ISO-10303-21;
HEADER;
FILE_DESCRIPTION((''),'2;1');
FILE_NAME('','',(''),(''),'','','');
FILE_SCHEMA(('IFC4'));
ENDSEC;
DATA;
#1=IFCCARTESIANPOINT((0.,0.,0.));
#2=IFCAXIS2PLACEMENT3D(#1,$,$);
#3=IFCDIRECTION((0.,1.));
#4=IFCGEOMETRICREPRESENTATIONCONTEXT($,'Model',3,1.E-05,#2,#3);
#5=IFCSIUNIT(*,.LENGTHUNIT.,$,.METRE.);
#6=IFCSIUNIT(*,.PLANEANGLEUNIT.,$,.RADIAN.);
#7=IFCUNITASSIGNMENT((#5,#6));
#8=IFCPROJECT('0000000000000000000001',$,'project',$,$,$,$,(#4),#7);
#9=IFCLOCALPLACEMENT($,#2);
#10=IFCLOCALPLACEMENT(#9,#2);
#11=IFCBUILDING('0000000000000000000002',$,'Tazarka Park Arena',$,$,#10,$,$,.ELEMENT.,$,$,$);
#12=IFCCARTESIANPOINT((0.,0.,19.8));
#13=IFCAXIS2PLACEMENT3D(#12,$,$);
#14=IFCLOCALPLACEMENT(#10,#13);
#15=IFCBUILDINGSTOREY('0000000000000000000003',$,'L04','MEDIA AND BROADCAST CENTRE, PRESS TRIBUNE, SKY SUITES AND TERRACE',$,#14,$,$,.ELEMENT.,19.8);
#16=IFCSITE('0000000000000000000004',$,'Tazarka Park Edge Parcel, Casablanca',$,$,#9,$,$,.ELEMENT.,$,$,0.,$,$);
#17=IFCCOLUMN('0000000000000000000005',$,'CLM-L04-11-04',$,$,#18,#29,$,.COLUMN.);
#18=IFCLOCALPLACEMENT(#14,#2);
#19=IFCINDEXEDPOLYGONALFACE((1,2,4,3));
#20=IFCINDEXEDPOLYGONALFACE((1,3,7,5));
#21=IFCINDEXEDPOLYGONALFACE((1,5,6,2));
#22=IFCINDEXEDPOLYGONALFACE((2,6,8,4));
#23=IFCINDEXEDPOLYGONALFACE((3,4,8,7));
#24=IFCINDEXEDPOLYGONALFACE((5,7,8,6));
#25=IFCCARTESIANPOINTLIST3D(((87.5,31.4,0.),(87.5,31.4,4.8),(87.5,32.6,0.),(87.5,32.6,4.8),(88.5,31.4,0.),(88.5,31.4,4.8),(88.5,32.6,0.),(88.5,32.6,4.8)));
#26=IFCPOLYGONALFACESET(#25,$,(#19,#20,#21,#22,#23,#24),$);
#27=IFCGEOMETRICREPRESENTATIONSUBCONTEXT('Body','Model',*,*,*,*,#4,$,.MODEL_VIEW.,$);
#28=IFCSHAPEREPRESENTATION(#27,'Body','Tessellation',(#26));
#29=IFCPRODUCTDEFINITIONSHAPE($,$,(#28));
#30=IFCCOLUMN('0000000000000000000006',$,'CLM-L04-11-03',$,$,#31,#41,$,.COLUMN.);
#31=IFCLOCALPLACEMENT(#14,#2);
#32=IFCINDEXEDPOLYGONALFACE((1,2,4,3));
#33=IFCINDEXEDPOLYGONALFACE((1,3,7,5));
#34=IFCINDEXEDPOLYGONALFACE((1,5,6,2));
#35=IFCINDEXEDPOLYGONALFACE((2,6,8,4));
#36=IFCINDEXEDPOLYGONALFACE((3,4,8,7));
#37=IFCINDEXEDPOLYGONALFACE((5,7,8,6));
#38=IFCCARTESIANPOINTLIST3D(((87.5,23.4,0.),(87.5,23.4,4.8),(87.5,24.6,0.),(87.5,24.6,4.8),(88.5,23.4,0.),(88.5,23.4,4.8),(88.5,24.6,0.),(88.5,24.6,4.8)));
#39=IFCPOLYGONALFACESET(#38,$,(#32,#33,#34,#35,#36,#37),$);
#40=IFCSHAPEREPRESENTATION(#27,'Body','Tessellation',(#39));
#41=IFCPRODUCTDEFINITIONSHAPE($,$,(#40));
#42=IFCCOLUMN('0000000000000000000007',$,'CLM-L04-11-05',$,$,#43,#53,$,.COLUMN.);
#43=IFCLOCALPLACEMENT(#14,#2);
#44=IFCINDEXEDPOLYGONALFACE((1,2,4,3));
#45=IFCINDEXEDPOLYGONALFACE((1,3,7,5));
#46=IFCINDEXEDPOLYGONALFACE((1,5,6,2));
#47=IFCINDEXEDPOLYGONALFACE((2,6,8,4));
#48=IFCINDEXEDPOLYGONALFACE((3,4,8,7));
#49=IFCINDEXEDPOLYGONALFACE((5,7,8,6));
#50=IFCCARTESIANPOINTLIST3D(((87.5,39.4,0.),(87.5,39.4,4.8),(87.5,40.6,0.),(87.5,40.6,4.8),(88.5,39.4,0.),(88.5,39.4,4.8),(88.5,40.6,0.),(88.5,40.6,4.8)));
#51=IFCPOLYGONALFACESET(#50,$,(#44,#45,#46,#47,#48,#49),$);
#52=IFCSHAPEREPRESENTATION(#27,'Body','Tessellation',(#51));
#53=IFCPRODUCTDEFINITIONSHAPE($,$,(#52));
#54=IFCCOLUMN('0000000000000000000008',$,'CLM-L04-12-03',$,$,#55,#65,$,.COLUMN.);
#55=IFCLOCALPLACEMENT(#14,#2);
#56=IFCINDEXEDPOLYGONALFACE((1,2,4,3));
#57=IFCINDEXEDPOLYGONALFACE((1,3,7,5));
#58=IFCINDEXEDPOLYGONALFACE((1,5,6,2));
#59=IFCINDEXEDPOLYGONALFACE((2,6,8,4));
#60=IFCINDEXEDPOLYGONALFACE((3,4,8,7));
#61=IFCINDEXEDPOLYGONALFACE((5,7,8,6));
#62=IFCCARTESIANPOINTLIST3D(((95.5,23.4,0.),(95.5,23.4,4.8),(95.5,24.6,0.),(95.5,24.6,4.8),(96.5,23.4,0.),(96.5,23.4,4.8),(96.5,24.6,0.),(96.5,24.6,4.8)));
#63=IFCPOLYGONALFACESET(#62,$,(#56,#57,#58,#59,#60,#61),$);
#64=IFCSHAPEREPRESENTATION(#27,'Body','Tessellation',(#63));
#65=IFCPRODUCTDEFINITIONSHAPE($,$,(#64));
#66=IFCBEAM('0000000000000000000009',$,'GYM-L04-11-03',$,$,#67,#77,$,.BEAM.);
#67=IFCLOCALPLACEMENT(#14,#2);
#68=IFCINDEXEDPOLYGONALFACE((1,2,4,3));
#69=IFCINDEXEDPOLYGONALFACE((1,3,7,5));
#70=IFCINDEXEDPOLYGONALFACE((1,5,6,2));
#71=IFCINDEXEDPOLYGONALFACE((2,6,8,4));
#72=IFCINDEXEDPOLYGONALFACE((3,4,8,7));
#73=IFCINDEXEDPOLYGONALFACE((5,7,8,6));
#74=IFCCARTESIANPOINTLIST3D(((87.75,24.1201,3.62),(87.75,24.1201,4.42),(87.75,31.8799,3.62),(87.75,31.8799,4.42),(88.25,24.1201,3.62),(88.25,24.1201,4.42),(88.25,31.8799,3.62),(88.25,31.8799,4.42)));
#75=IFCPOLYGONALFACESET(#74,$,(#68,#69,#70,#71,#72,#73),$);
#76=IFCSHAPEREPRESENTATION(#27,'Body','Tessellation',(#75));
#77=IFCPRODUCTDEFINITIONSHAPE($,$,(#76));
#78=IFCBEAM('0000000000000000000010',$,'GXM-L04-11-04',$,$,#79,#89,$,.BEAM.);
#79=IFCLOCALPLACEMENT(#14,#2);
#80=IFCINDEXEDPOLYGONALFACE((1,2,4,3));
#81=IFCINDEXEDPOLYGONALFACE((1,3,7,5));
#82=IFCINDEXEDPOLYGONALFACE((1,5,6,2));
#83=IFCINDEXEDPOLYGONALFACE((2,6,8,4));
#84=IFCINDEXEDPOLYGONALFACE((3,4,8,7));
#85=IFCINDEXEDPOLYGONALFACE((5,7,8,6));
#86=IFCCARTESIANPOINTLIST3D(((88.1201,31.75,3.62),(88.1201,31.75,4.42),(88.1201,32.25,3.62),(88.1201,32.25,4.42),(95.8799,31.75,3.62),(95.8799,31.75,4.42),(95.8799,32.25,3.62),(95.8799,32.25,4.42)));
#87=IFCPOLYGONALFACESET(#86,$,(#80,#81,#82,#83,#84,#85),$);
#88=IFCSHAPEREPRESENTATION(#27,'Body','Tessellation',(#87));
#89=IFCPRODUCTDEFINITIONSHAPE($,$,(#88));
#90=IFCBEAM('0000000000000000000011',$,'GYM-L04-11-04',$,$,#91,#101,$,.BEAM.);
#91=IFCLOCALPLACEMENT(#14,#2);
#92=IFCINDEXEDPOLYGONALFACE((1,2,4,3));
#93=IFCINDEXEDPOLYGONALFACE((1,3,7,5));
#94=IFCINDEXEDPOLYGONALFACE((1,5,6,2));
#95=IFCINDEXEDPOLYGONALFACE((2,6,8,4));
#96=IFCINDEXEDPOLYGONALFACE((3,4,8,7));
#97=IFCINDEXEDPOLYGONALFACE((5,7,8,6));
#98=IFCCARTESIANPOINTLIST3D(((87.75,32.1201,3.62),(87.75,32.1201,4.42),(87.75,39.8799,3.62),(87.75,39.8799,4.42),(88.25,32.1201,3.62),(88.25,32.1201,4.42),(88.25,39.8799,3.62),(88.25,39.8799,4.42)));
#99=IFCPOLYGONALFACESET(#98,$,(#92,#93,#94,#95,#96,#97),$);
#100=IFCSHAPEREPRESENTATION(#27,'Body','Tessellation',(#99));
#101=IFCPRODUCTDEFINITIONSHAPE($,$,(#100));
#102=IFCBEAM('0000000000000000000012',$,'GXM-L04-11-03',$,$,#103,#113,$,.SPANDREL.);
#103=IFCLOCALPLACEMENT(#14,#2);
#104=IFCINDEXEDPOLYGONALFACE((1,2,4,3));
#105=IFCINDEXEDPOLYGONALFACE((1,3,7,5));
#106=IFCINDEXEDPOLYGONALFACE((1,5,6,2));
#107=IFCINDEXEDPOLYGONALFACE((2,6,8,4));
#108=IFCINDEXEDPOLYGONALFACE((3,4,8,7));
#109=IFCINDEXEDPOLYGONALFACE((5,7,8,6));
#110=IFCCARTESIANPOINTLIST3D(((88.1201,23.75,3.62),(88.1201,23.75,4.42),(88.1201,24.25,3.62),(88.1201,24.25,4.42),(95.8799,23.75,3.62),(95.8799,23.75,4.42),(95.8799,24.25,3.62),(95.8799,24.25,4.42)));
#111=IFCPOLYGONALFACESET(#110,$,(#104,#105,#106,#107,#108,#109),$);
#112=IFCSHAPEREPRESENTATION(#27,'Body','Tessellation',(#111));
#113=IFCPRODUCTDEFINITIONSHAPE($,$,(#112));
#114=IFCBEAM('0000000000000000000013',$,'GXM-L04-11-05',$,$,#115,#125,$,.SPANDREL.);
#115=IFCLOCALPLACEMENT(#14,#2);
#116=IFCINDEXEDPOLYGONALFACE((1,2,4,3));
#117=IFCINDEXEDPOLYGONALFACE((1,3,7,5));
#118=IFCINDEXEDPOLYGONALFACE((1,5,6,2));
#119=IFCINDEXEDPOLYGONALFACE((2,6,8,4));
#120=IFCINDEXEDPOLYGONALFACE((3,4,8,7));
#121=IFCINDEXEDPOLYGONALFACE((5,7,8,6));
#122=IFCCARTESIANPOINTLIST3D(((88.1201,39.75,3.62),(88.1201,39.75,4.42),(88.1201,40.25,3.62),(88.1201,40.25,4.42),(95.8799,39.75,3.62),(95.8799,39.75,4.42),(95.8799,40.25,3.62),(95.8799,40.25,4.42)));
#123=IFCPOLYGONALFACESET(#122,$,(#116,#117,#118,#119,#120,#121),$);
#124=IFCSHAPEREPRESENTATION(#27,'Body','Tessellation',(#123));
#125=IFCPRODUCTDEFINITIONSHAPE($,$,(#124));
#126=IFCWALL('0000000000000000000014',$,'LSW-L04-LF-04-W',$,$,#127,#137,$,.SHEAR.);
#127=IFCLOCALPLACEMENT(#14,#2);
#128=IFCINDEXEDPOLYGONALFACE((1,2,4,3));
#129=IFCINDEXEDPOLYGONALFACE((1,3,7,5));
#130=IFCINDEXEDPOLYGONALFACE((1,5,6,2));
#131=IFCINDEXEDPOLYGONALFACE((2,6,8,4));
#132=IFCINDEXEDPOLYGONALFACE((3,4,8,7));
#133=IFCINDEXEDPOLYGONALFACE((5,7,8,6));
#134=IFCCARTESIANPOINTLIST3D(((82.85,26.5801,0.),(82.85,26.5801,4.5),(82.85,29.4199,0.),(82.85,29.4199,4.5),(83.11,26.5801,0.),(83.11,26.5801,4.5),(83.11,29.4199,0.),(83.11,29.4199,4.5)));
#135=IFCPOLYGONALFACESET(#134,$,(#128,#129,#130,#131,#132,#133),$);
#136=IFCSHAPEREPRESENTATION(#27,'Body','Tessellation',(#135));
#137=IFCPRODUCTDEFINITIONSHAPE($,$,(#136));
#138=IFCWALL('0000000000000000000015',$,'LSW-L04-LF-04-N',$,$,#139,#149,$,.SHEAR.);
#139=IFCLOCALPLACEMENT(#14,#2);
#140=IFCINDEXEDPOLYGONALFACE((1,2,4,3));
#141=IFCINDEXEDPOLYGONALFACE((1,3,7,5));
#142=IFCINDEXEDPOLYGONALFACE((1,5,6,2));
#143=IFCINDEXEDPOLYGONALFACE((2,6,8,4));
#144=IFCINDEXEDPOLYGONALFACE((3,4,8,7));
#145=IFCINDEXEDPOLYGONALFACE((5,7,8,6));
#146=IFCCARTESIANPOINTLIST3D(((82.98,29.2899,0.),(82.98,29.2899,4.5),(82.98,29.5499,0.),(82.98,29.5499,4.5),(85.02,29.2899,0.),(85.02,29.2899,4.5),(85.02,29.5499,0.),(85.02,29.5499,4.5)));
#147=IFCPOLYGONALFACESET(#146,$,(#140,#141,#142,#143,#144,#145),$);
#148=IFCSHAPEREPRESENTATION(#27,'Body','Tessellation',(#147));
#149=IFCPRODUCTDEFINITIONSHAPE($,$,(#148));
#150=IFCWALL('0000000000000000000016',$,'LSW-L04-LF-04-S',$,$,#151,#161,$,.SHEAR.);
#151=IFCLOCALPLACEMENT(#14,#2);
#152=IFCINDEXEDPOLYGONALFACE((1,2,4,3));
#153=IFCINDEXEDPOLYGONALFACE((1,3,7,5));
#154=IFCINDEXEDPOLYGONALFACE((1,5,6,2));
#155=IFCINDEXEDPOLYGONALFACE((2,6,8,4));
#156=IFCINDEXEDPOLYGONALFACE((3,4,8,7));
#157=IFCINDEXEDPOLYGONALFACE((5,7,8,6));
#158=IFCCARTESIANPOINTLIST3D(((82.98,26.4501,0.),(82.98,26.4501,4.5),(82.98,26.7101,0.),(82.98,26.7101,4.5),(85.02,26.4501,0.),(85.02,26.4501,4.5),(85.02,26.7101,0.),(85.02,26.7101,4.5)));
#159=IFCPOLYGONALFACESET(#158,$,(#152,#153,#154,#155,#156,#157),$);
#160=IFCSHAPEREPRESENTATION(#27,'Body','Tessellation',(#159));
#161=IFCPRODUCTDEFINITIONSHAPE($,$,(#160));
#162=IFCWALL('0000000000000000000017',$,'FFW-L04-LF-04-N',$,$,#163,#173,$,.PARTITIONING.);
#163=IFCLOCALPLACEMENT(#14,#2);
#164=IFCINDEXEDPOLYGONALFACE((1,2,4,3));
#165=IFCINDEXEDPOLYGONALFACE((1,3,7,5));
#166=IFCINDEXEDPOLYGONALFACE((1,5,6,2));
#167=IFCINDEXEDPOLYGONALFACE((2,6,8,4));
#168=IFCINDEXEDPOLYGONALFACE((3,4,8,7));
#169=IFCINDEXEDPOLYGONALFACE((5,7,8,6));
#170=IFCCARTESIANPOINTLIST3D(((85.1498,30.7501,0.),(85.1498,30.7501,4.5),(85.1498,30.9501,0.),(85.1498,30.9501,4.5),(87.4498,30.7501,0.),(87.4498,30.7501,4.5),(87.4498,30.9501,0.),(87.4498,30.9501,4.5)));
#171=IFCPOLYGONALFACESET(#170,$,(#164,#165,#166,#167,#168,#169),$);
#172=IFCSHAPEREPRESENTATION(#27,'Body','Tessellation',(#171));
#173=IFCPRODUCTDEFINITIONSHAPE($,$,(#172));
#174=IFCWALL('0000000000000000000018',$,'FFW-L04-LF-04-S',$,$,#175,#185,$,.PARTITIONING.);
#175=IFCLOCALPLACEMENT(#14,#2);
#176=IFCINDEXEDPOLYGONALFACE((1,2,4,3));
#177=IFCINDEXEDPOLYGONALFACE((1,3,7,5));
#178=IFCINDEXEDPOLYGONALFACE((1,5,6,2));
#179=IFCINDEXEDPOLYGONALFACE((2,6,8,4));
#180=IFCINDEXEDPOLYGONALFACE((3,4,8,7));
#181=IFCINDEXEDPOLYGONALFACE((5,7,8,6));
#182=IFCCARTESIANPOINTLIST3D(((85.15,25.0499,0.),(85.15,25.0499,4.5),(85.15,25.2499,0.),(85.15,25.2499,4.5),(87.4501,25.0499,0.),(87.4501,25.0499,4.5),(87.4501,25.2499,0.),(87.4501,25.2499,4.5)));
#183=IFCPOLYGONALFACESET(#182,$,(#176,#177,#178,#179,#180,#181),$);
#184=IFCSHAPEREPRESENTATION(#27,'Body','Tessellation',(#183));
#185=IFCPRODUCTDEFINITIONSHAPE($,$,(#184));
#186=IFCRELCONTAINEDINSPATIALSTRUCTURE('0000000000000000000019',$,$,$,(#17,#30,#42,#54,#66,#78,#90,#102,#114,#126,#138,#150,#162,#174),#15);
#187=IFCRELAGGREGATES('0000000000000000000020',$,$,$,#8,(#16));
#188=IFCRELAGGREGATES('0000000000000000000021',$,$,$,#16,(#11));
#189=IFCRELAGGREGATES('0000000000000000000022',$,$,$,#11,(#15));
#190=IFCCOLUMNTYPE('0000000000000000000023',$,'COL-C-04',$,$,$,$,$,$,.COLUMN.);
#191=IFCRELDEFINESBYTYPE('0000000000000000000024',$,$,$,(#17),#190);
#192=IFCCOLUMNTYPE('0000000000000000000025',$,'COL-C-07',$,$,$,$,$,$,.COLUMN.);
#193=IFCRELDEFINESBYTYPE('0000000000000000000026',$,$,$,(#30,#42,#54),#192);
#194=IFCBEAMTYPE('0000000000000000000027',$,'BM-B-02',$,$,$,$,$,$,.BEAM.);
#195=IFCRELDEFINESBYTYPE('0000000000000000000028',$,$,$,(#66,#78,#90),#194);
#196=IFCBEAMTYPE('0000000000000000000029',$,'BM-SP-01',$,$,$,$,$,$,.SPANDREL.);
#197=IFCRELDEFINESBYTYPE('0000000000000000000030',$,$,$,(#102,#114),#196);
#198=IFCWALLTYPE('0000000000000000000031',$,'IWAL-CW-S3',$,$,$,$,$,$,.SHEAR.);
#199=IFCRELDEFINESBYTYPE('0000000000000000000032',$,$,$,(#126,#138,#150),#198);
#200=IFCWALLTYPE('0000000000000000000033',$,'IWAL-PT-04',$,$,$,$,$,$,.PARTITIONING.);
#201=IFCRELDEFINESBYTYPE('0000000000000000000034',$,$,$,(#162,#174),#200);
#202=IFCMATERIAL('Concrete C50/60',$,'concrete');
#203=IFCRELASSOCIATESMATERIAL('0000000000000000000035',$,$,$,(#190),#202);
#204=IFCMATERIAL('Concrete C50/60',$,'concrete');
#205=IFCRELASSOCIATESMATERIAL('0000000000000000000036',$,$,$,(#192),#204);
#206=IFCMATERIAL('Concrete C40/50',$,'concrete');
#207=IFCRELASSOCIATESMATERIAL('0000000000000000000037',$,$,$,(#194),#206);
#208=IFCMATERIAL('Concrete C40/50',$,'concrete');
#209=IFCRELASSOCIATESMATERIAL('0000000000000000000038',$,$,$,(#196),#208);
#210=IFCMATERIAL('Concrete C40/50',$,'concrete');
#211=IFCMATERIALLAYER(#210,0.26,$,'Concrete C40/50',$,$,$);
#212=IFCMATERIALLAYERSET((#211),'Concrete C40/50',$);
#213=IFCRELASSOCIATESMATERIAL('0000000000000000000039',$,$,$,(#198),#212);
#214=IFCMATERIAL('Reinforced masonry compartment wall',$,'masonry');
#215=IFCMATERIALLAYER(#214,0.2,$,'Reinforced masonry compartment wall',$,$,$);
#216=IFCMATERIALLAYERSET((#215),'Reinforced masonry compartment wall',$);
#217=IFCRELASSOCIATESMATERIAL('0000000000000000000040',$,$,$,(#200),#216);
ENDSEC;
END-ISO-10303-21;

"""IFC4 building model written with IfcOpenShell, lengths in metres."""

from ifc_helpers import new_model, si_unit, direction, frame, frame_2d, origin, origin_2d, place, context, subcontext, project, spatial, rectangle, extrude, material, layer, layer_set, material_profile, profile_set, type_object, element, save


model = new_model("IFC4")

# Units and contexts
model_context = context("Model", 3, precision=1e-05, world=origin(), true_north=direction((0.0, 1.0)))
body_context = subcontext(model_context, "Body", "Model", "MODEL_VIEW")
ifc_project = project(units=[si_unit("LENGTHUNIT", "METRE"), si_unit("PLANEANGLEUNIT", "RADIAN")], contexts=[model_context])

# Site, building, storey
site_placement = place(None, origin())
site = spatial("IfcSite", under=ifc_project, at=site_placement, Name="Tazarka Park Edge Parcel, Casablanca", CompositionType="ELEMENT", RefElevation=0.0)
building_placement = place(site_placement, origin())
building = spatial("IfcBuilding", under=site, at=building_placement, Name="Tazarka Park Arena", CompositionType="ELEMENT")
storey_placement = place(building_placement, frame((0.0, 0.0, 19.8)))
storey = spatial("IfcBuildingStorey", under=building, at=storey_placement, Name="L04", Description="MEDIA AND BROADCAST CENTRE, PRESS TRIBUNE, SKY SUITES AND TERRACE", CompositionType="ELEMENT", Elevation=19.8)

# Columns
ifc_material_1 = material(Name="Concrete C50/60", Category="concrete")
ifc_material_profile_1 = material_profile(ifc_material_1, rectangle(XDim=1.0, YDim=1.2, at=origin_2d()), Name="Concrete C50/60")
ifc_profile_set_1 = profile_set([ifc_material_profile_1], Name="Concrete C50/60")
column_type_1 = type_object("IfcColumnType", Name="COL-C-04", PredefinedType="COLUMN", material=ifc_profile_set_1)
column_placement = place(storey_placement, frame((88.0, 32.0, 0.0), z_axis=(0.0, 0.0, 1.0), x_axis=(1.0, 0.0, 0.0)))
element("IfcColumn", 1, at=column_placement, inside=storey, type_object=column_type_1, Name="CLM-L04-11-04", PredefinedType="COLUMN", context=body_context, shape_type="SweptSolid", body=[
    extrude(rectangle(XDim=1.0, YDim=1.2, at=origin_2d()), origin(), (0.0, 0.0, 1.0), 4.8),
])
ifc_material_2 = material(Name="Concrete C50/60", Category="concrete")
ifc_material_profile_2 = material_profile(ifc_material_2, rectangle(XDim=1.0, YDim=1.2, at=origin_2d()), Name="Concrete C50/60")
ifc_profile_set_2 = profile_set([ifc_material_profile_2], Name="Concrete C50/60")
column_type_2 = type_object("IfcColumnType", Name="COL-C-07", PredefinedType="COLUMN", material=ifc_profile_set_2)
for number, where, z_axis, x_axis, name in (
    (2, (88.0, 24.0, 0.0), (0.0, 0.0, 1.0), (1.0, 0.0, 0.0), "CLM-L04-11-03"),
    (3, (88.0, 40.0, 0.0), (0.0, 0.0, 1.0), (1.0, 0.0, 0.0), "CLM-L04-11-05"),
    (4, (96.0, 24.0, 0.0), (0.0, 0.0, 1.0), (1.0, 0.0, 0.0), "CLM-L04-12-03"),
):
    element("IfcColumn", number, at=place(storey_placement, frame(where, z_axis=z_axis, x_axis=x_axis)), inside=storey, type_object=column_type_2, Name=name, PredefinedType="COLUMN", context=body_context, shape_type="SweptSolid", body=[
        extrude(rectangle(XDim=1.0, YDim=1.2, at=origin_2d()), origin(), (0.0, 0.0, 1.0), 4.8),
    ])

# Beams
ifc_material_3 = material(Name="Concrete C40/50", Category="concrete")
ifc_material_profile_3 = material_profile(ifc_material_3, rectangle(XDim=0.5, YDim=0.8, at=origin_2d()), Name="Concrete C40/50")
ifc_profile_set_3 = profile_set([ifc_material_profile_3], Name="Concrete C40/50")
beam_type_1 = type_object("IfcBeamType", Name="BM-B-02", PredefinedType="BEAM", material=ifc_profile_set_3)
for number, where, z_axis, x_axis, name in (
    (5, (88.0, 24.1201, 4.02), (0.0, 1.0, 0.0), (-1.0, 0.0, 0.0), "GYM-L04-11-03"),
    (6, (88.1201, 32.0, 4.02), (1.0, 0.0, 0.0), (0.0, 1.0, 0.0), "GXM-L04-11-04"),
    (7, (88.0, 32.1201, 4.02), (0.0, 1.0, 0.0), (-1.0, 0.0, 0.0), "GYM-L04-11-04"),
):
    element("IfcBeam", number, at=place(storey_placement, frame(where, z_axis=z_axis, x_axis=x_axis)), inside=storey, type_object=beam_type_1, Name=name, PredefinedType="BEAM", context=body_context, shape_type="SweptSolid", body=[
        extrude(rectangle(XDim=0.5, YDim=0.8, at=origin_2d()), origin(), (0.0, 0.0, 1.0), 7.7598),
    ])
ifc_material_4 = material(Name="Concrete C40/50", Category="concrete")
ifc_material_profile_4 = material_profile(ifc_material_4, rectangle(XDim=0.5, YDim=0.8, at=origin_2d()), Name="Concrete C40/50")
ifc_profile_set_4 = profile_set([ifc_material_profile_4], Name="Concrete C40/50")
beam_type_2 = type_object("IfcBeamType", Name="BM-SP-01", PredefinedType="SPANDREL", material=ifc_profile_set_4)
for number, where, z_axis, x_axis, name in (
    (8, (88.1201, 24.0, 4.02), (1.0, 0.0, 0.0), (0.0, 1.0, 0.0), "GXM-L04-11-03"),
    (9, (88.1201, 40.0, 4.02), (1.0, 0.0, 0.0), (0.0, 1.0, 0.0), "GXM-L04-11-05"),
):
    element("IfcBeam", number, at=place(storey_placement, frame(where, z_axis=z_axis, x_axis=x_axis)), inside=storey, type_object=beam_type_2, Name=name, PredefinedType="SPANDREL", context=body_context, shape_type="SweptSolid", body=[
        extrude(rectangle(XDim=0.5, YDim=0.8, at=origin_2d()), origin(), (0.0, 0.0, 1.0), 7.7598),
    ])

# Walls
ifc_material_5 = material(Name="Concrete C40/50", Category="concrete")
ifc_layer_1 = layer(ifc_material_5, 0.26, Name="Concrete C40/50")
ifc_layer_set_1 = layer_set([ifc_layer_1], Name="Concrete C40/50")
wall_type_1 = type_object("IfcWallType", Name="IWAL-CW-S3", PredefinedType="SHEAR", material=ifc_layer_set_1)
wall_1_placement = place(storey_placement, frame((82.98, 26.5801, 0.0), z_axis=(0.0, 0.0, 1.0), x_axis=(0.0, 1.0, 0.0)))
element("IfcWall", 10, at=wall_1_placement, inside=storey, type_object=wall_type_1, Name="LSW-L04-LF-04-W", PredefinedType="SHEAR", context=body_context, shape_type="SweptSolid", body=[
    extrude(rectangle(XDim=2.8398, YDim=0.26, at=frame_2d((1.4199, 0.0))), origin(), (0.0, 0.0, 1.0), 4.5),
])
for number, where, z_axis, x_axis, name in (
    (11, (82.98, 29.4199, 0.0), (0.0, 0.0, 1.0), (1.0, 0.0, 0.0), "LSW-L04-LF-04-N"),
    (12, (85.02, 26.5801, 0.0), (0.0, 0.0, 1.0), (-1.0, 0.0, 0.0), "LSW-L04-LF-04-S"),
):
    element("IfcWall", number, at=place(storey_placement, frame(where, z_axis=z_axis, x_axis=x_axis)), inside=storey, type_object=wall_type_1, Name=name, PredefinedType="SHEAR", context=body_context, shape_type="SweptSolid", body=[
        extrude(rectangle(XDim=2.04, YDim=0.26, at=frame_2d((1.02, 0.0))), origin(), (0.0, 0.0, 1.0), 4.5),
    ])

# Walls
ifc_material_6 = material(Name="Reinforced masonry compartment wall", Category="masonry")
ifc_layer_2 = layer(ifc_material_6, 0.2, Name="Reinforced masonry compartment wall")
ifc_layer_set_2 = layer_set([ifc_layer_2], Name="Reinforced masonry compartment wall")
wall_type_2 = type_object("IfcWallType", Name="IWAL-PT-04", PredefinedType="PARTITIONING", material=ifc_layer_set_2)
for number, where, z_axis, x_axis, name in (
    (13, (85.1499, 30.8501, 0.0), (0.0, 0.0, 1.0), (1.0, 0.0, 0.0), "FFW-L04-LF-04-N"),
    (14, (87.45, 25.1499, 0.0), (0.0, 0.0, 1.0), (-1.0, 0.0, 0.0), "FFW-L04-LF-04-S"),
):
    element("IfcWall", number, at=place(storey_placement, frame(where, z_axis=z_axis, x_axis=x_axis)), inside=storey, type_object=wall_type_2, Name=name, PredefinedType="PARTITIONING", context=body_context, shape_type="SweptSolid", body=[
        extrude(rectangle(XDim=2.3, YDim=0.2, at=frame_2d((1.1499, 0.0))), origin(), (0.0, 0.0, 1.0), 4.5),
    ])

save(model, "model.ifc")
